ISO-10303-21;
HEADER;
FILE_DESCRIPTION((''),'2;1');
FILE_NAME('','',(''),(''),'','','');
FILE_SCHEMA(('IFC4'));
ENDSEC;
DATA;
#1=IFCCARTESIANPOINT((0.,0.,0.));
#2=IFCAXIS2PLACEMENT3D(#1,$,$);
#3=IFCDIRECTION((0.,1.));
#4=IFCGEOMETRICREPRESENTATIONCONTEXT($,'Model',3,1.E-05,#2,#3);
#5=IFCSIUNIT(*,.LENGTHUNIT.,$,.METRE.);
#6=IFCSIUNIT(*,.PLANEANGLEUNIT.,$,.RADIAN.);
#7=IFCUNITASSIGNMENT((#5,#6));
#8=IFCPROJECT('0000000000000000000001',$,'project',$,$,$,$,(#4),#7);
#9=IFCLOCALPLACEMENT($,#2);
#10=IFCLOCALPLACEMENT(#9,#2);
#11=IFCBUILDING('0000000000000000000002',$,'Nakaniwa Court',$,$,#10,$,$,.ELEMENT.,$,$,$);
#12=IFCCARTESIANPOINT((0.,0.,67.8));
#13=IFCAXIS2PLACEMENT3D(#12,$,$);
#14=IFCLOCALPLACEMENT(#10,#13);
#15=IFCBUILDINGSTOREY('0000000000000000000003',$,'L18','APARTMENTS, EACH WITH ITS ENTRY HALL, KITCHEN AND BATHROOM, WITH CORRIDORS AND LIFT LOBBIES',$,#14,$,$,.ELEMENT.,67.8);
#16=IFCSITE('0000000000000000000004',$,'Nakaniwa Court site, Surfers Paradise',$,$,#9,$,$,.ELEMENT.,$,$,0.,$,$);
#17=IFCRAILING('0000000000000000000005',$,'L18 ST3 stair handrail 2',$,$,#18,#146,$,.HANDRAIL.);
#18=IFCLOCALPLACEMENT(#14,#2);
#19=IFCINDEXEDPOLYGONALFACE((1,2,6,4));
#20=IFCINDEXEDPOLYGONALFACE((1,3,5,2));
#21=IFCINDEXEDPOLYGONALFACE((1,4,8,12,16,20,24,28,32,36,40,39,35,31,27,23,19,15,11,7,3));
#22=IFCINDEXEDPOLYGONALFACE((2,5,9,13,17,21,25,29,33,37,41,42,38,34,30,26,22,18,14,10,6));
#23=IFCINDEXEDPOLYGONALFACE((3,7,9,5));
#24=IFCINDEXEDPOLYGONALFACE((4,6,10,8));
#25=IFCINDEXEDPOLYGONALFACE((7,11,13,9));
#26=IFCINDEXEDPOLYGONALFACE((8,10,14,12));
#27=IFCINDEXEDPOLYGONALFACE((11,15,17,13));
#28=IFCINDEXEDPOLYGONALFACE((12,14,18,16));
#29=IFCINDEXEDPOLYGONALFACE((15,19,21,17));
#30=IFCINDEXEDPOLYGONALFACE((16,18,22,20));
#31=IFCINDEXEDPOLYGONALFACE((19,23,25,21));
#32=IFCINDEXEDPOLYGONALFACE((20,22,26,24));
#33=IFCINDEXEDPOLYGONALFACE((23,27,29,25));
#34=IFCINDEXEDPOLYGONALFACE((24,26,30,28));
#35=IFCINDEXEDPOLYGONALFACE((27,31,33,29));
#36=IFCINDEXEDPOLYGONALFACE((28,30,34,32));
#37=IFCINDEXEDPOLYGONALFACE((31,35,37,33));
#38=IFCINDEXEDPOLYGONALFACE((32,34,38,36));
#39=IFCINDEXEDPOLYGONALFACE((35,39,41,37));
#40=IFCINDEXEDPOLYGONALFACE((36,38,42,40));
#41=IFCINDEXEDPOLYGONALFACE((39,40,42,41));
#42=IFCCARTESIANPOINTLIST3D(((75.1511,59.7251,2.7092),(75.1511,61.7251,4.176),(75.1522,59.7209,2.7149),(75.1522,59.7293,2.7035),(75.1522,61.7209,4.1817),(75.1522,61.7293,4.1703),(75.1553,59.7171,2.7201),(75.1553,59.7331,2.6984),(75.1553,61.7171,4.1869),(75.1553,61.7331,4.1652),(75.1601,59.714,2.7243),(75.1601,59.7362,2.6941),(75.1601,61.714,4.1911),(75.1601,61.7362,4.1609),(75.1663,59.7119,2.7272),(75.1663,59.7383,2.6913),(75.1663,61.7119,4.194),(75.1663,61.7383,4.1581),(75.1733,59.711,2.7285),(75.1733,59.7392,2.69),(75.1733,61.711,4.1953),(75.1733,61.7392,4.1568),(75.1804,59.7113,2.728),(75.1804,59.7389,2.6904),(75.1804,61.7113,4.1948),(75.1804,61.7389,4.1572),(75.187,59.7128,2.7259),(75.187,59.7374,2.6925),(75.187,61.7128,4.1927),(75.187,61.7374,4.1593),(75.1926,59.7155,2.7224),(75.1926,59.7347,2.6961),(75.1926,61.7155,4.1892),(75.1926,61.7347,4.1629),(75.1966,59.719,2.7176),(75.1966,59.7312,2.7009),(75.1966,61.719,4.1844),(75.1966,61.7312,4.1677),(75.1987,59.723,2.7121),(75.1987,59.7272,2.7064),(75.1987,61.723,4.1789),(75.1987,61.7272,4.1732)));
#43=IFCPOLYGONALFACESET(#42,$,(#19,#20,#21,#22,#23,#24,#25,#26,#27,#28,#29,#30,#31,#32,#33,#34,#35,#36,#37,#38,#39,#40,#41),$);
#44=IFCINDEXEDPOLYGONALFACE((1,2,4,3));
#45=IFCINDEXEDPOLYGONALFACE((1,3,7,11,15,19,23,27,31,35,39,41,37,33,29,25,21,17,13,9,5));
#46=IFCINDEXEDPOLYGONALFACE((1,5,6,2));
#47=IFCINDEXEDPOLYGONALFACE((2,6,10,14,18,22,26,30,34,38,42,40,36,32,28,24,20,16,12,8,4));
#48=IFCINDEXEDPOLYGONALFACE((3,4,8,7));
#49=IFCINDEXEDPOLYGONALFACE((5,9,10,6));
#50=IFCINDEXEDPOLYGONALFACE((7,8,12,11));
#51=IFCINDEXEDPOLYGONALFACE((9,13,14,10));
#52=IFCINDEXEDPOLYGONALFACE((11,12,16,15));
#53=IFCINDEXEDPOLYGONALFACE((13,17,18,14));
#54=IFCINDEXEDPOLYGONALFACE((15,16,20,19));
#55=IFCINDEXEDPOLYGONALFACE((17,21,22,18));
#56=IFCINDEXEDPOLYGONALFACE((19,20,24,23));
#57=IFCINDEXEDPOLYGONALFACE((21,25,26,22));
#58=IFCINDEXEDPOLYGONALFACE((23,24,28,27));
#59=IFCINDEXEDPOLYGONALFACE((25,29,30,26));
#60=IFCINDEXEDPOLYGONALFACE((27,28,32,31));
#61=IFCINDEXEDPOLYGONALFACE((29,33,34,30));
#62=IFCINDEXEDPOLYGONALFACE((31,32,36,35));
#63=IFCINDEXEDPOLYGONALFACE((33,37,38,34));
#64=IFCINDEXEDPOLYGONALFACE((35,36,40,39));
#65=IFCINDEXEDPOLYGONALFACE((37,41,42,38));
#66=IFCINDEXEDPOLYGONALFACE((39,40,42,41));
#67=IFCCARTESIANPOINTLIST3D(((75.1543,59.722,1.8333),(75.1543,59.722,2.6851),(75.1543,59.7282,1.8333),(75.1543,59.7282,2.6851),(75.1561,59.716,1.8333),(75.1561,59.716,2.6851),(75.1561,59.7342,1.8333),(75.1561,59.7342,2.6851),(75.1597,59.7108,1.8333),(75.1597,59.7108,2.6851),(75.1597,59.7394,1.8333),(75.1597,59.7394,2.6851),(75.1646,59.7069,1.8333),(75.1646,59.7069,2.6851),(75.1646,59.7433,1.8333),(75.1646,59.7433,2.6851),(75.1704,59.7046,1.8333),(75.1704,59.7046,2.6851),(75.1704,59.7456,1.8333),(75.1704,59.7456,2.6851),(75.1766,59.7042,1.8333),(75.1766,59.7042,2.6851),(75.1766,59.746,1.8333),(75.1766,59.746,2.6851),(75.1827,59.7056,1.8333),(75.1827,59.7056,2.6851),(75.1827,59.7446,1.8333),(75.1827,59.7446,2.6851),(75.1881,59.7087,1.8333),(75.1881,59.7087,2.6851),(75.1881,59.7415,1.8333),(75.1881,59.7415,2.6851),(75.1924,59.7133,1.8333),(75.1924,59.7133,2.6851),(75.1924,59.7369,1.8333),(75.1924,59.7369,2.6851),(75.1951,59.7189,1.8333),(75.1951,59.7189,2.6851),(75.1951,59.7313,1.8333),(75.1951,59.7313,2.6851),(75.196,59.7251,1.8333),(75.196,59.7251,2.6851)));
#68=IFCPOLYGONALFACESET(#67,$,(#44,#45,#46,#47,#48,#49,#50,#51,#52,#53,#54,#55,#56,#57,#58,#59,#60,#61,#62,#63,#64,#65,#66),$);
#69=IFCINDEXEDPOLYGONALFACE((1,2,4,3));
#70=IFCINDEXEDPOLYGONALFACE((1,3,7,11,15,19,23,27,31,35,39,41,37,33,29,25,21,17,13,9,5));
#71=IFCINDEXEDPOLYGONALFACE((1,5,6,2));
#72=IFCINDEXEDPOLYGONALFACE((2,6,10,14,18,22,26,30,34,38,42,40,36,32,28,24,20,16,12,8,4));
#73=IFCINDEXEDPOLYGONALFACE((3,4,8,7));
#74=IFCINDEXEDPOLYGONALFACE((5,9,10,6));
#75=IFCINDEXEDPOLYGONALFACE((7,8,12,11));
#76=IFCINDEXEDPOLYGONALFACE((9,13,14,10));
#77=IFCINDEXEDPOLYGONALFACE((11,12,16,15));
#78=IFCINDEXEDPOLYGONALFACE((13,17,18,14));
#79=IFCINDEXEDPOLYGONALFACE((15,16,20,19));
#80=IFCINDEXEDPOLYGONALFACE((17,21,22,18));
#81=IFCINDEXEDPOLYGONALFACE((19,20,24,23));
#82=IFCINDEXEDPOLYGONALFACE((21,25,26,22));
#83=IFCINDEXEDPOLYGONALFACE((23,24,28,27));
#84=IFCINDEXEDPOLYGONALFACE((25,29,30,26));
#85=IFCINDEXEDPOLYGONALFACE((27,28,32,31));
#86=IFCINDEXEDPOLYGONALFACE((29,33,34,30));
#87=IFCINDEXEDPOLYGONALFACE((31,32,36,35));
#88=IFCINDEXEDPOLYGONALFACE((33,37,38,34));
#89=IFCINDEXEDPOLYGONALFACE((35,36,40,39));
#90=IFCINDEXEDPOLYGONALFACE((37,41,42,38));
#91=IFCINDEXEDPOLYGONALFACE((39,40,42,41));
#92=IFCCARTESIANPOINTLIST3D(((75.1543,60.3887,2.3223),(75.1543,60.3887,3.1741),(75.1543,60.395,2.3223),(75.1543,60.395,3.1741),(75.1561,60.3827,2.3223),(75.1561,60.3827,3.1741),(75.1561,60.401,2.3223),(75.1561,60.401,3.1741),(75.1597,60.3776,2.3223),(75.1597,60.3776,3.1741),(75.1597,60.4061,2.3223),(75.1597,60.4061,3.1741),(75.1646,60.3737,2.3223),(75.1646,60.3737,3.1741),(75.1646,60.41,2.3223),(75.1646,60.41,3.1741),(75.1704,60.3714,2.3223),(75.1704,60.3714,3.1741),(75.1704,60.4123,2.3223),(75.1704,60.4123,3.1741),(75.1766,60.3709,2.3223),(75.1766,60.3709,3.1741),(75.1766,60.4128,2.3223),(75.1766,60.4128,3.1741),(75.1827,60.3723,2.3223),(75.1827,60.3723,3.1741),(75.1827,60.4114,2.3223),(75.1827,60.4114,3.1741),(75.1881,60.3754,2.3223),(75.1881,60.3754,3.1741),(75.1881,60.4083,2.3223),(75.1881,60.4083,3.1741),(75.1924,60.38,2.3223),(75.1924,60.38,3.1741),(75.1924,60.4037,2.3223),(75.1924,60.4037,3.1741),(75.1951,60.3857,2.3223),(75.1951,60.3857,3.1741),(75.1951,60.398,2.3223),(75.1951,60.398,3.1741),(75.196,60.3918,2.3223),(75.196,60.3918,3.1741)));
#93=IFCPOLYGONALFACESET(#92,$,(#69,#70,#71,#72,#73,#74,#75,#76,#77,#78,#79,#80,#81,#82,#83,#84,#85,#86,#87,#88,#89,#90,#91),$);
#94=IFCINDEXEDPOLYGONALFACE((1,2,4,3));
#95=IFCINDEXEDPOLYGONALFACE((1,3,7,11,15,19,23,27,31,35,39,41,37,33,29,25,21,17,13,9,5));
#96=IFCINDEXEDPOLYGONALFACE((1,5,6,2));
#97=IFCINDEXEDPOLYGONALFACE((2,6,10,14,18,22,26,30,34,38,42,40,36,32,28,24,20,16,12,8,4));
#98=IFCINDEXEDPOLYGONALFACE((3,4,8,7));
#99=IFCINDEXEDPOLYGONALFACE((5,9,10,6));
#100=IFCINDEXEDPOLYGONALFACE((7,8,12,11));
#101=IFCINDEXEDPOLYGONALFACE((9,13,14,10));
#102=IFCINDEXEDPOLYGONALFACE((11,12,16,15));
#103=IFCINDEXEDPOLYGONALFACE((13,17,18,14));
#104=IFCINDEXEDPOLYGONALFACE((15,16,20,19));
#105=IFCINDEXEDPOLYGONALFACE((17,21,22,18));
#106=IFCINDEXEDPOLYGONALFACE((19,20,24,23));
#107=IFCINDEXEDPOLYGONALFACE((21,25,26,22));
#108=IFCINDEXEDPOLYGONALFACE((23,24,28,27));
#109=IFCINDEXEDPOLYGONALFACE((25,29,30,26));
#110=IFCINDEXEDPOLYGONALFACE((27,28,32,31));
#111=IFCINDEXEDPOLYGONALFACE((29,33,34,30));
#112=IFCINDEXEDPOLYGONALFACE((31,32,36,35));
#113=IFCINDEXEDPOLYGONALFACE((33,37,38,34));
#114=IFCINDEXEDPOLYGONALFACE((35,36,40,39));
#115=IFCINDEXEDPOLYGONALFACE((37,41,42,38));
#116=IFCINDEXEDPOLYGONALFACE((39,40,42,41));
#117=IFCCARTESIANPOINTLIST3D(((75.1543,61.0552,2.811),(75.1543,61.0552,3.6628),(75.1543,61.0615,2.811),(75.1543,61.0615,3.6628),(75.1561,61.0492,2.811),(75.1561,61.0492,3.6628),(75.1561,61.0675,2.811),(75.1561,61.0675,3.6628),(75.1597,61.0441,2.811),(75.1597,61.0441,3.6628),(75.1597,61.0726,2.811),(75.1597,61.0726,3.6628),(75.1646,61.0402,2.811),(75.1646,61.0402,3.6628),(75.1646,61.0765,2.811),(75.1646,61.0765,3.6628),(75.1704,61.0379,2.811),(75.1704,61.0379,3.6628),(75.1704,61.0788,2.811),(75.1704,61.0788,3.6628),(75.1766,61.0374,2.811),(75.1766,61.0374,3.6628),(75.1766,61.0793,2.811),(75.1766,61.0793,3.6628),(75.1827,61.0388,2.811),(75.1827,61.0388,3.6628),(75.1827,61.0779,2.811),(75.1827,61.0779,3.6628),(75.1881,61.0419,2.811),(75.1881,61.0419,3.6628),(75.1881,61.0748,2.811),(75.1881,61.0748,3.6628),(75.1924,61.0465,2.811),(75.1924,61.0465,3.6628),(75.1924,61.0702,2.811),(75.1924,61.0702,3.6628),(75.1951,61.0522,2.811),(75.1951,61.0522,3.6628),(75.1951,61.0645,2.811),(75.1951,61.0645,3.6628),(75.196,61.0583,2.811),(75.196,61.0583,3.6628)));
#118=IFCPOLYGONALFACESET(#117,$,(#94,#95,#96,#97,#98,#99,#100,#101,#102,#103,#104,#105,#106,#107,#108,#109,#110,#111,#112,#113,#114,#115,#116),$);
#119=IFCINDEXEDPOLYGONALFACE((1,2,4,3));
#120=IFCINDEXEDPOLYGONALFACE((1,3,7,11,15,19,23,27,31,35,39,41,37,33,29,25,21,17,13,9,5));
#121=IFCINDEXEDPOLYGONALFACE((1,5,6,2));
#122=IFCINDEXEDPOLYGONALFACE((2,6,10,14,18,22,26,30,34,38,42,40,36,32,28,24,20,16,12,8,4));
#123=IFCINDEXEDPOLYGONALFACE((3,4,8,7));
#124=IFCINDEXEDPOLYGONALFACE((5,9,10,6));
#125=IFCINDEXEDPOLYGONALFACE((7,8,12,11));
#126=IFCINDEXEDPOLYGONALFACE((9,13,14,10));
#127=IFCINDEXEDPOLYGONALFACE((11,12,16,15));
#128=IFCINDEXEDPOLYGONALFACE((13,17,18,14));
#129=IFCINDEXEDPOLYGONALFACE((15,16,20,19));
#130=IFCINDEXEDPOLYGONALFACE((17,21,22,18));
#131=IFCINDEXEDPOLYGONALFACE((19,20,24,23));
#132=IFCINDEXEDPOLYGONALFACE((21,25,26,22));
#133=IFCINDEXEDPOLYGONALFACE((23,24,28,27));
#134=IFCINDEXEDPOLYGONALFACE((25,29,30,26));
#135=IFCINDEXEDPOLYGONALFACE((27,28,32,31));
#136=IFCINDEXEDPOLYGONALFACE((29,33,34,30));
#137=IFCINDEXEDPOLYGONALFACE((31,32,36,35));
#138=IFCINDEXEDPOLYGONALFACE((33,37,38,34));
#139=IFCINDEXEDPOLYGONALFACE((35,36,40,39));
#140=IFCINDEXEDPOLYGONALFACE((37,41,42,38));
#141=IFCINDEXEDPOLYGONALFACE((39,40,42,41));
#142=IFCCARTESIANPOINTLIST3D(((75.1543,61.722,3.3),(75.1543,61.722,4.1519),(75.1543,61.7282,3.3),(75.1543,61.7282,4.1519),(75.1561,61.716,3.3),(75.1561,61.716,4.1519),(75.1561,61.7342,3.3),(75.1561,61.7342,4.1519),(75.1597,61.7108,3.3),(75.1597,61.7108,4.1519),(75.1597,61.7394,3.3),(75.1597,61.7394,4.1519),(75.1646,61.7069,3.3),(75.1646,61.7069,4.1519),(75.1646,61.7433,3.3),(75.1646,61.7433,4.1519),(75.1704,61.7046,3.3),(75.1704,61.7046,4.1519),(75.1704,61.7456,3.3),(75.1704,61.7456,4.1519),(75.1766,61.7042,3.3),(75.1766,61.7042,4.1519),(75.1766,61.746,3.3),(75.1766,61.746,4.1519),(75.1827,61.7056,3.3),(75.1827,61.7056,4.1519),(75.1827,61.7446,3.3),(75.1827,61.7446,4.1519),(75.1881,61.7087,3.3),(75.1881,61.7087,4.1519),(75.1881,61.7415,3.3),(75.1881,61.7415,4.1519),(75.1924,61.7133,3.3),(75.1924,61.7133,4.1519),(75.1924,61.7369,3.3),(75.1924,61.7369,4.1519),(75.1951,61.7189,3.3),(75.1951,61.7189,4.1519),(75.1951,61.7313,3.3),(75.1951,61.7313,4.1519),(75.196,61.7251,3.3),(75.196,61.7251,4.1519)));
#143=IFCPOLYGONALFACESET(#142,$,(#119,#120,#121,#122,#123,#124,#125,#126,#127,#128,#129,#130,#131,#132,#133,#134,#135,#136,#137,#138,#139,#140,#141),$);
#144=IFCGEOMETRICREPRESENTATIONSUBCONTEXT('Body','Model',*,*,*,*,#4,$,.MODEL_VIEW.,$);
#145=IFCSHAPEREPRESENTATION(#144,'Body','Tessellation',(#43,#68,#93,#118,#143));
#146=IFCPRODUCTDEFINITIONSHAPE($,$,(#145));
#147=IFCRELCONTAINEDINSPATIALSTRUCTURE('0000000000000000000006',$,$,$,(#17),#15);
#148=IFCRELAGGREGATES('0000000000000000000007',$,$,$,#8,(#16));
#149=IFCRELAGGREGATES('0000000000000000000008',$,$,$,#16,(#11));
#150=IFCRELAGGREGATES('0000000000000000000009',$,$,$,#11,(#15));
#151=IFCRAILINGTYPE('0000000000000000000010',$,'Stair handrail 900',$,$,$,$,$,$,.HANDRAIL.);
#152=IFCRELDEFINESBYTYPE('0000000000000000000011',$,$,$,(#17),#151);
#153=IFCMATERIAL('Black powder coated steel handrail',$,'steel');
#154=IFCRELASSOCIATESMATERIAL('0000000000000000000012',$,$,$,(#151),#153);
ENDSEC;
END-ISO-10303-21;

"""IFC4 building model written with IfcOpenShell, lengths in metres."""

from ifc_helpers import new_model, si_unit, direction, frame, origin, origin_2d, place, context, subcontext, project, spatial, circle, extrude, material, type_object, element, save


model = new_model("IFC4")

# Units and contexts
model_context = context("Model", 3, precision=1e-05, world=origin(), true_north=direction((0.0, 1.0)))
body_context = subcontext(model_context, "Body", "Model", "MODEL_VIEW")
ifc_project = project(units=[si_unit("LENGTHUNIT", "METRE"), si_unit("PLANEANGLEUNIT", "RADIAN")], contexts=[model_context])

# Site, building, storey
site_placement = place(None, origin())
site = spatial("IfcSite", under=ifc_project, at=site_placement, Name="Nakaniwa Court site, Surfers Paradise", CompositionType="ELEMENT", RefElevation=0.0)
building_placement = place(site_placement, origin())
building = spatial("IfcBuilding", under=site, at=building_placement, Name="Nakaniwa Court", CompositionType="ELEMENT")
storey_placement = place(building_placement, frame((0.0, 0.0, 67.8)))
storey = spatial("IfcBuildingStorey", under=building, at=storey_placement, Name="L18", Description="APARTMENTS, EACH WITH ITS ENTRY HALL, KITCHEN AND BATHROOM, WITH CORRIDORS AND LIFT LOBBIES", CompositionType="ELEMENT", Elevation=67.8)

# Railing
ifc_material_1 = material(Name="Black powder coated steel handrail", Category="steel")
railing_type_1 = type_object("IfcRailingType", Name="Stair handrail 900", PredefinedType="HANDRAIL", material=ifc_material_1)
railing_1_placement = place(storey_placement, frame((75.175, 59.7251, 1.8333)))
element("IfcRailing", 1, at=railing_1_placement, inside=storey, type_object=railing_type_1, Name="L18 ST3 stair handrail 2", PredefinedType="HANDRAIL", context=body_context, shape_type="SweptSolid", body=[
    extrude(circle(Radius=0.0239, at=origin_2d()), frame((0.0, 0.0, 0.876), z_axis=(0.0, 0.80638, 0.591398), x_axis=(-1.0, 0.0, 0.0)), (0.0, 0.0, 1.0), 2.4802),
    extrude(circle(Radius=0.021, at=origin_2d()), origin(), (0.0, 0.0, 1.0), 0.8518),
    extrude(circle(Radius=0.021, at=origin_2d()), frame((0.0, 0.6667, 0.489)), (0.0, 0.0, 1.0), 0.8518),
    extrude(circle(Radius=0.021, at=origin_2d()), frame((0.0, 1.3333, 0.9778)), (0.0, 0.0, 1.0), 0.8518),
    extrude(circle(Radius=0.021, at=origin_2d()), frame((0.0, 2.0, 1.4668)), (0.0, 0.0, 1.0), 0.8518),
])

save(model, "model.ifc")
